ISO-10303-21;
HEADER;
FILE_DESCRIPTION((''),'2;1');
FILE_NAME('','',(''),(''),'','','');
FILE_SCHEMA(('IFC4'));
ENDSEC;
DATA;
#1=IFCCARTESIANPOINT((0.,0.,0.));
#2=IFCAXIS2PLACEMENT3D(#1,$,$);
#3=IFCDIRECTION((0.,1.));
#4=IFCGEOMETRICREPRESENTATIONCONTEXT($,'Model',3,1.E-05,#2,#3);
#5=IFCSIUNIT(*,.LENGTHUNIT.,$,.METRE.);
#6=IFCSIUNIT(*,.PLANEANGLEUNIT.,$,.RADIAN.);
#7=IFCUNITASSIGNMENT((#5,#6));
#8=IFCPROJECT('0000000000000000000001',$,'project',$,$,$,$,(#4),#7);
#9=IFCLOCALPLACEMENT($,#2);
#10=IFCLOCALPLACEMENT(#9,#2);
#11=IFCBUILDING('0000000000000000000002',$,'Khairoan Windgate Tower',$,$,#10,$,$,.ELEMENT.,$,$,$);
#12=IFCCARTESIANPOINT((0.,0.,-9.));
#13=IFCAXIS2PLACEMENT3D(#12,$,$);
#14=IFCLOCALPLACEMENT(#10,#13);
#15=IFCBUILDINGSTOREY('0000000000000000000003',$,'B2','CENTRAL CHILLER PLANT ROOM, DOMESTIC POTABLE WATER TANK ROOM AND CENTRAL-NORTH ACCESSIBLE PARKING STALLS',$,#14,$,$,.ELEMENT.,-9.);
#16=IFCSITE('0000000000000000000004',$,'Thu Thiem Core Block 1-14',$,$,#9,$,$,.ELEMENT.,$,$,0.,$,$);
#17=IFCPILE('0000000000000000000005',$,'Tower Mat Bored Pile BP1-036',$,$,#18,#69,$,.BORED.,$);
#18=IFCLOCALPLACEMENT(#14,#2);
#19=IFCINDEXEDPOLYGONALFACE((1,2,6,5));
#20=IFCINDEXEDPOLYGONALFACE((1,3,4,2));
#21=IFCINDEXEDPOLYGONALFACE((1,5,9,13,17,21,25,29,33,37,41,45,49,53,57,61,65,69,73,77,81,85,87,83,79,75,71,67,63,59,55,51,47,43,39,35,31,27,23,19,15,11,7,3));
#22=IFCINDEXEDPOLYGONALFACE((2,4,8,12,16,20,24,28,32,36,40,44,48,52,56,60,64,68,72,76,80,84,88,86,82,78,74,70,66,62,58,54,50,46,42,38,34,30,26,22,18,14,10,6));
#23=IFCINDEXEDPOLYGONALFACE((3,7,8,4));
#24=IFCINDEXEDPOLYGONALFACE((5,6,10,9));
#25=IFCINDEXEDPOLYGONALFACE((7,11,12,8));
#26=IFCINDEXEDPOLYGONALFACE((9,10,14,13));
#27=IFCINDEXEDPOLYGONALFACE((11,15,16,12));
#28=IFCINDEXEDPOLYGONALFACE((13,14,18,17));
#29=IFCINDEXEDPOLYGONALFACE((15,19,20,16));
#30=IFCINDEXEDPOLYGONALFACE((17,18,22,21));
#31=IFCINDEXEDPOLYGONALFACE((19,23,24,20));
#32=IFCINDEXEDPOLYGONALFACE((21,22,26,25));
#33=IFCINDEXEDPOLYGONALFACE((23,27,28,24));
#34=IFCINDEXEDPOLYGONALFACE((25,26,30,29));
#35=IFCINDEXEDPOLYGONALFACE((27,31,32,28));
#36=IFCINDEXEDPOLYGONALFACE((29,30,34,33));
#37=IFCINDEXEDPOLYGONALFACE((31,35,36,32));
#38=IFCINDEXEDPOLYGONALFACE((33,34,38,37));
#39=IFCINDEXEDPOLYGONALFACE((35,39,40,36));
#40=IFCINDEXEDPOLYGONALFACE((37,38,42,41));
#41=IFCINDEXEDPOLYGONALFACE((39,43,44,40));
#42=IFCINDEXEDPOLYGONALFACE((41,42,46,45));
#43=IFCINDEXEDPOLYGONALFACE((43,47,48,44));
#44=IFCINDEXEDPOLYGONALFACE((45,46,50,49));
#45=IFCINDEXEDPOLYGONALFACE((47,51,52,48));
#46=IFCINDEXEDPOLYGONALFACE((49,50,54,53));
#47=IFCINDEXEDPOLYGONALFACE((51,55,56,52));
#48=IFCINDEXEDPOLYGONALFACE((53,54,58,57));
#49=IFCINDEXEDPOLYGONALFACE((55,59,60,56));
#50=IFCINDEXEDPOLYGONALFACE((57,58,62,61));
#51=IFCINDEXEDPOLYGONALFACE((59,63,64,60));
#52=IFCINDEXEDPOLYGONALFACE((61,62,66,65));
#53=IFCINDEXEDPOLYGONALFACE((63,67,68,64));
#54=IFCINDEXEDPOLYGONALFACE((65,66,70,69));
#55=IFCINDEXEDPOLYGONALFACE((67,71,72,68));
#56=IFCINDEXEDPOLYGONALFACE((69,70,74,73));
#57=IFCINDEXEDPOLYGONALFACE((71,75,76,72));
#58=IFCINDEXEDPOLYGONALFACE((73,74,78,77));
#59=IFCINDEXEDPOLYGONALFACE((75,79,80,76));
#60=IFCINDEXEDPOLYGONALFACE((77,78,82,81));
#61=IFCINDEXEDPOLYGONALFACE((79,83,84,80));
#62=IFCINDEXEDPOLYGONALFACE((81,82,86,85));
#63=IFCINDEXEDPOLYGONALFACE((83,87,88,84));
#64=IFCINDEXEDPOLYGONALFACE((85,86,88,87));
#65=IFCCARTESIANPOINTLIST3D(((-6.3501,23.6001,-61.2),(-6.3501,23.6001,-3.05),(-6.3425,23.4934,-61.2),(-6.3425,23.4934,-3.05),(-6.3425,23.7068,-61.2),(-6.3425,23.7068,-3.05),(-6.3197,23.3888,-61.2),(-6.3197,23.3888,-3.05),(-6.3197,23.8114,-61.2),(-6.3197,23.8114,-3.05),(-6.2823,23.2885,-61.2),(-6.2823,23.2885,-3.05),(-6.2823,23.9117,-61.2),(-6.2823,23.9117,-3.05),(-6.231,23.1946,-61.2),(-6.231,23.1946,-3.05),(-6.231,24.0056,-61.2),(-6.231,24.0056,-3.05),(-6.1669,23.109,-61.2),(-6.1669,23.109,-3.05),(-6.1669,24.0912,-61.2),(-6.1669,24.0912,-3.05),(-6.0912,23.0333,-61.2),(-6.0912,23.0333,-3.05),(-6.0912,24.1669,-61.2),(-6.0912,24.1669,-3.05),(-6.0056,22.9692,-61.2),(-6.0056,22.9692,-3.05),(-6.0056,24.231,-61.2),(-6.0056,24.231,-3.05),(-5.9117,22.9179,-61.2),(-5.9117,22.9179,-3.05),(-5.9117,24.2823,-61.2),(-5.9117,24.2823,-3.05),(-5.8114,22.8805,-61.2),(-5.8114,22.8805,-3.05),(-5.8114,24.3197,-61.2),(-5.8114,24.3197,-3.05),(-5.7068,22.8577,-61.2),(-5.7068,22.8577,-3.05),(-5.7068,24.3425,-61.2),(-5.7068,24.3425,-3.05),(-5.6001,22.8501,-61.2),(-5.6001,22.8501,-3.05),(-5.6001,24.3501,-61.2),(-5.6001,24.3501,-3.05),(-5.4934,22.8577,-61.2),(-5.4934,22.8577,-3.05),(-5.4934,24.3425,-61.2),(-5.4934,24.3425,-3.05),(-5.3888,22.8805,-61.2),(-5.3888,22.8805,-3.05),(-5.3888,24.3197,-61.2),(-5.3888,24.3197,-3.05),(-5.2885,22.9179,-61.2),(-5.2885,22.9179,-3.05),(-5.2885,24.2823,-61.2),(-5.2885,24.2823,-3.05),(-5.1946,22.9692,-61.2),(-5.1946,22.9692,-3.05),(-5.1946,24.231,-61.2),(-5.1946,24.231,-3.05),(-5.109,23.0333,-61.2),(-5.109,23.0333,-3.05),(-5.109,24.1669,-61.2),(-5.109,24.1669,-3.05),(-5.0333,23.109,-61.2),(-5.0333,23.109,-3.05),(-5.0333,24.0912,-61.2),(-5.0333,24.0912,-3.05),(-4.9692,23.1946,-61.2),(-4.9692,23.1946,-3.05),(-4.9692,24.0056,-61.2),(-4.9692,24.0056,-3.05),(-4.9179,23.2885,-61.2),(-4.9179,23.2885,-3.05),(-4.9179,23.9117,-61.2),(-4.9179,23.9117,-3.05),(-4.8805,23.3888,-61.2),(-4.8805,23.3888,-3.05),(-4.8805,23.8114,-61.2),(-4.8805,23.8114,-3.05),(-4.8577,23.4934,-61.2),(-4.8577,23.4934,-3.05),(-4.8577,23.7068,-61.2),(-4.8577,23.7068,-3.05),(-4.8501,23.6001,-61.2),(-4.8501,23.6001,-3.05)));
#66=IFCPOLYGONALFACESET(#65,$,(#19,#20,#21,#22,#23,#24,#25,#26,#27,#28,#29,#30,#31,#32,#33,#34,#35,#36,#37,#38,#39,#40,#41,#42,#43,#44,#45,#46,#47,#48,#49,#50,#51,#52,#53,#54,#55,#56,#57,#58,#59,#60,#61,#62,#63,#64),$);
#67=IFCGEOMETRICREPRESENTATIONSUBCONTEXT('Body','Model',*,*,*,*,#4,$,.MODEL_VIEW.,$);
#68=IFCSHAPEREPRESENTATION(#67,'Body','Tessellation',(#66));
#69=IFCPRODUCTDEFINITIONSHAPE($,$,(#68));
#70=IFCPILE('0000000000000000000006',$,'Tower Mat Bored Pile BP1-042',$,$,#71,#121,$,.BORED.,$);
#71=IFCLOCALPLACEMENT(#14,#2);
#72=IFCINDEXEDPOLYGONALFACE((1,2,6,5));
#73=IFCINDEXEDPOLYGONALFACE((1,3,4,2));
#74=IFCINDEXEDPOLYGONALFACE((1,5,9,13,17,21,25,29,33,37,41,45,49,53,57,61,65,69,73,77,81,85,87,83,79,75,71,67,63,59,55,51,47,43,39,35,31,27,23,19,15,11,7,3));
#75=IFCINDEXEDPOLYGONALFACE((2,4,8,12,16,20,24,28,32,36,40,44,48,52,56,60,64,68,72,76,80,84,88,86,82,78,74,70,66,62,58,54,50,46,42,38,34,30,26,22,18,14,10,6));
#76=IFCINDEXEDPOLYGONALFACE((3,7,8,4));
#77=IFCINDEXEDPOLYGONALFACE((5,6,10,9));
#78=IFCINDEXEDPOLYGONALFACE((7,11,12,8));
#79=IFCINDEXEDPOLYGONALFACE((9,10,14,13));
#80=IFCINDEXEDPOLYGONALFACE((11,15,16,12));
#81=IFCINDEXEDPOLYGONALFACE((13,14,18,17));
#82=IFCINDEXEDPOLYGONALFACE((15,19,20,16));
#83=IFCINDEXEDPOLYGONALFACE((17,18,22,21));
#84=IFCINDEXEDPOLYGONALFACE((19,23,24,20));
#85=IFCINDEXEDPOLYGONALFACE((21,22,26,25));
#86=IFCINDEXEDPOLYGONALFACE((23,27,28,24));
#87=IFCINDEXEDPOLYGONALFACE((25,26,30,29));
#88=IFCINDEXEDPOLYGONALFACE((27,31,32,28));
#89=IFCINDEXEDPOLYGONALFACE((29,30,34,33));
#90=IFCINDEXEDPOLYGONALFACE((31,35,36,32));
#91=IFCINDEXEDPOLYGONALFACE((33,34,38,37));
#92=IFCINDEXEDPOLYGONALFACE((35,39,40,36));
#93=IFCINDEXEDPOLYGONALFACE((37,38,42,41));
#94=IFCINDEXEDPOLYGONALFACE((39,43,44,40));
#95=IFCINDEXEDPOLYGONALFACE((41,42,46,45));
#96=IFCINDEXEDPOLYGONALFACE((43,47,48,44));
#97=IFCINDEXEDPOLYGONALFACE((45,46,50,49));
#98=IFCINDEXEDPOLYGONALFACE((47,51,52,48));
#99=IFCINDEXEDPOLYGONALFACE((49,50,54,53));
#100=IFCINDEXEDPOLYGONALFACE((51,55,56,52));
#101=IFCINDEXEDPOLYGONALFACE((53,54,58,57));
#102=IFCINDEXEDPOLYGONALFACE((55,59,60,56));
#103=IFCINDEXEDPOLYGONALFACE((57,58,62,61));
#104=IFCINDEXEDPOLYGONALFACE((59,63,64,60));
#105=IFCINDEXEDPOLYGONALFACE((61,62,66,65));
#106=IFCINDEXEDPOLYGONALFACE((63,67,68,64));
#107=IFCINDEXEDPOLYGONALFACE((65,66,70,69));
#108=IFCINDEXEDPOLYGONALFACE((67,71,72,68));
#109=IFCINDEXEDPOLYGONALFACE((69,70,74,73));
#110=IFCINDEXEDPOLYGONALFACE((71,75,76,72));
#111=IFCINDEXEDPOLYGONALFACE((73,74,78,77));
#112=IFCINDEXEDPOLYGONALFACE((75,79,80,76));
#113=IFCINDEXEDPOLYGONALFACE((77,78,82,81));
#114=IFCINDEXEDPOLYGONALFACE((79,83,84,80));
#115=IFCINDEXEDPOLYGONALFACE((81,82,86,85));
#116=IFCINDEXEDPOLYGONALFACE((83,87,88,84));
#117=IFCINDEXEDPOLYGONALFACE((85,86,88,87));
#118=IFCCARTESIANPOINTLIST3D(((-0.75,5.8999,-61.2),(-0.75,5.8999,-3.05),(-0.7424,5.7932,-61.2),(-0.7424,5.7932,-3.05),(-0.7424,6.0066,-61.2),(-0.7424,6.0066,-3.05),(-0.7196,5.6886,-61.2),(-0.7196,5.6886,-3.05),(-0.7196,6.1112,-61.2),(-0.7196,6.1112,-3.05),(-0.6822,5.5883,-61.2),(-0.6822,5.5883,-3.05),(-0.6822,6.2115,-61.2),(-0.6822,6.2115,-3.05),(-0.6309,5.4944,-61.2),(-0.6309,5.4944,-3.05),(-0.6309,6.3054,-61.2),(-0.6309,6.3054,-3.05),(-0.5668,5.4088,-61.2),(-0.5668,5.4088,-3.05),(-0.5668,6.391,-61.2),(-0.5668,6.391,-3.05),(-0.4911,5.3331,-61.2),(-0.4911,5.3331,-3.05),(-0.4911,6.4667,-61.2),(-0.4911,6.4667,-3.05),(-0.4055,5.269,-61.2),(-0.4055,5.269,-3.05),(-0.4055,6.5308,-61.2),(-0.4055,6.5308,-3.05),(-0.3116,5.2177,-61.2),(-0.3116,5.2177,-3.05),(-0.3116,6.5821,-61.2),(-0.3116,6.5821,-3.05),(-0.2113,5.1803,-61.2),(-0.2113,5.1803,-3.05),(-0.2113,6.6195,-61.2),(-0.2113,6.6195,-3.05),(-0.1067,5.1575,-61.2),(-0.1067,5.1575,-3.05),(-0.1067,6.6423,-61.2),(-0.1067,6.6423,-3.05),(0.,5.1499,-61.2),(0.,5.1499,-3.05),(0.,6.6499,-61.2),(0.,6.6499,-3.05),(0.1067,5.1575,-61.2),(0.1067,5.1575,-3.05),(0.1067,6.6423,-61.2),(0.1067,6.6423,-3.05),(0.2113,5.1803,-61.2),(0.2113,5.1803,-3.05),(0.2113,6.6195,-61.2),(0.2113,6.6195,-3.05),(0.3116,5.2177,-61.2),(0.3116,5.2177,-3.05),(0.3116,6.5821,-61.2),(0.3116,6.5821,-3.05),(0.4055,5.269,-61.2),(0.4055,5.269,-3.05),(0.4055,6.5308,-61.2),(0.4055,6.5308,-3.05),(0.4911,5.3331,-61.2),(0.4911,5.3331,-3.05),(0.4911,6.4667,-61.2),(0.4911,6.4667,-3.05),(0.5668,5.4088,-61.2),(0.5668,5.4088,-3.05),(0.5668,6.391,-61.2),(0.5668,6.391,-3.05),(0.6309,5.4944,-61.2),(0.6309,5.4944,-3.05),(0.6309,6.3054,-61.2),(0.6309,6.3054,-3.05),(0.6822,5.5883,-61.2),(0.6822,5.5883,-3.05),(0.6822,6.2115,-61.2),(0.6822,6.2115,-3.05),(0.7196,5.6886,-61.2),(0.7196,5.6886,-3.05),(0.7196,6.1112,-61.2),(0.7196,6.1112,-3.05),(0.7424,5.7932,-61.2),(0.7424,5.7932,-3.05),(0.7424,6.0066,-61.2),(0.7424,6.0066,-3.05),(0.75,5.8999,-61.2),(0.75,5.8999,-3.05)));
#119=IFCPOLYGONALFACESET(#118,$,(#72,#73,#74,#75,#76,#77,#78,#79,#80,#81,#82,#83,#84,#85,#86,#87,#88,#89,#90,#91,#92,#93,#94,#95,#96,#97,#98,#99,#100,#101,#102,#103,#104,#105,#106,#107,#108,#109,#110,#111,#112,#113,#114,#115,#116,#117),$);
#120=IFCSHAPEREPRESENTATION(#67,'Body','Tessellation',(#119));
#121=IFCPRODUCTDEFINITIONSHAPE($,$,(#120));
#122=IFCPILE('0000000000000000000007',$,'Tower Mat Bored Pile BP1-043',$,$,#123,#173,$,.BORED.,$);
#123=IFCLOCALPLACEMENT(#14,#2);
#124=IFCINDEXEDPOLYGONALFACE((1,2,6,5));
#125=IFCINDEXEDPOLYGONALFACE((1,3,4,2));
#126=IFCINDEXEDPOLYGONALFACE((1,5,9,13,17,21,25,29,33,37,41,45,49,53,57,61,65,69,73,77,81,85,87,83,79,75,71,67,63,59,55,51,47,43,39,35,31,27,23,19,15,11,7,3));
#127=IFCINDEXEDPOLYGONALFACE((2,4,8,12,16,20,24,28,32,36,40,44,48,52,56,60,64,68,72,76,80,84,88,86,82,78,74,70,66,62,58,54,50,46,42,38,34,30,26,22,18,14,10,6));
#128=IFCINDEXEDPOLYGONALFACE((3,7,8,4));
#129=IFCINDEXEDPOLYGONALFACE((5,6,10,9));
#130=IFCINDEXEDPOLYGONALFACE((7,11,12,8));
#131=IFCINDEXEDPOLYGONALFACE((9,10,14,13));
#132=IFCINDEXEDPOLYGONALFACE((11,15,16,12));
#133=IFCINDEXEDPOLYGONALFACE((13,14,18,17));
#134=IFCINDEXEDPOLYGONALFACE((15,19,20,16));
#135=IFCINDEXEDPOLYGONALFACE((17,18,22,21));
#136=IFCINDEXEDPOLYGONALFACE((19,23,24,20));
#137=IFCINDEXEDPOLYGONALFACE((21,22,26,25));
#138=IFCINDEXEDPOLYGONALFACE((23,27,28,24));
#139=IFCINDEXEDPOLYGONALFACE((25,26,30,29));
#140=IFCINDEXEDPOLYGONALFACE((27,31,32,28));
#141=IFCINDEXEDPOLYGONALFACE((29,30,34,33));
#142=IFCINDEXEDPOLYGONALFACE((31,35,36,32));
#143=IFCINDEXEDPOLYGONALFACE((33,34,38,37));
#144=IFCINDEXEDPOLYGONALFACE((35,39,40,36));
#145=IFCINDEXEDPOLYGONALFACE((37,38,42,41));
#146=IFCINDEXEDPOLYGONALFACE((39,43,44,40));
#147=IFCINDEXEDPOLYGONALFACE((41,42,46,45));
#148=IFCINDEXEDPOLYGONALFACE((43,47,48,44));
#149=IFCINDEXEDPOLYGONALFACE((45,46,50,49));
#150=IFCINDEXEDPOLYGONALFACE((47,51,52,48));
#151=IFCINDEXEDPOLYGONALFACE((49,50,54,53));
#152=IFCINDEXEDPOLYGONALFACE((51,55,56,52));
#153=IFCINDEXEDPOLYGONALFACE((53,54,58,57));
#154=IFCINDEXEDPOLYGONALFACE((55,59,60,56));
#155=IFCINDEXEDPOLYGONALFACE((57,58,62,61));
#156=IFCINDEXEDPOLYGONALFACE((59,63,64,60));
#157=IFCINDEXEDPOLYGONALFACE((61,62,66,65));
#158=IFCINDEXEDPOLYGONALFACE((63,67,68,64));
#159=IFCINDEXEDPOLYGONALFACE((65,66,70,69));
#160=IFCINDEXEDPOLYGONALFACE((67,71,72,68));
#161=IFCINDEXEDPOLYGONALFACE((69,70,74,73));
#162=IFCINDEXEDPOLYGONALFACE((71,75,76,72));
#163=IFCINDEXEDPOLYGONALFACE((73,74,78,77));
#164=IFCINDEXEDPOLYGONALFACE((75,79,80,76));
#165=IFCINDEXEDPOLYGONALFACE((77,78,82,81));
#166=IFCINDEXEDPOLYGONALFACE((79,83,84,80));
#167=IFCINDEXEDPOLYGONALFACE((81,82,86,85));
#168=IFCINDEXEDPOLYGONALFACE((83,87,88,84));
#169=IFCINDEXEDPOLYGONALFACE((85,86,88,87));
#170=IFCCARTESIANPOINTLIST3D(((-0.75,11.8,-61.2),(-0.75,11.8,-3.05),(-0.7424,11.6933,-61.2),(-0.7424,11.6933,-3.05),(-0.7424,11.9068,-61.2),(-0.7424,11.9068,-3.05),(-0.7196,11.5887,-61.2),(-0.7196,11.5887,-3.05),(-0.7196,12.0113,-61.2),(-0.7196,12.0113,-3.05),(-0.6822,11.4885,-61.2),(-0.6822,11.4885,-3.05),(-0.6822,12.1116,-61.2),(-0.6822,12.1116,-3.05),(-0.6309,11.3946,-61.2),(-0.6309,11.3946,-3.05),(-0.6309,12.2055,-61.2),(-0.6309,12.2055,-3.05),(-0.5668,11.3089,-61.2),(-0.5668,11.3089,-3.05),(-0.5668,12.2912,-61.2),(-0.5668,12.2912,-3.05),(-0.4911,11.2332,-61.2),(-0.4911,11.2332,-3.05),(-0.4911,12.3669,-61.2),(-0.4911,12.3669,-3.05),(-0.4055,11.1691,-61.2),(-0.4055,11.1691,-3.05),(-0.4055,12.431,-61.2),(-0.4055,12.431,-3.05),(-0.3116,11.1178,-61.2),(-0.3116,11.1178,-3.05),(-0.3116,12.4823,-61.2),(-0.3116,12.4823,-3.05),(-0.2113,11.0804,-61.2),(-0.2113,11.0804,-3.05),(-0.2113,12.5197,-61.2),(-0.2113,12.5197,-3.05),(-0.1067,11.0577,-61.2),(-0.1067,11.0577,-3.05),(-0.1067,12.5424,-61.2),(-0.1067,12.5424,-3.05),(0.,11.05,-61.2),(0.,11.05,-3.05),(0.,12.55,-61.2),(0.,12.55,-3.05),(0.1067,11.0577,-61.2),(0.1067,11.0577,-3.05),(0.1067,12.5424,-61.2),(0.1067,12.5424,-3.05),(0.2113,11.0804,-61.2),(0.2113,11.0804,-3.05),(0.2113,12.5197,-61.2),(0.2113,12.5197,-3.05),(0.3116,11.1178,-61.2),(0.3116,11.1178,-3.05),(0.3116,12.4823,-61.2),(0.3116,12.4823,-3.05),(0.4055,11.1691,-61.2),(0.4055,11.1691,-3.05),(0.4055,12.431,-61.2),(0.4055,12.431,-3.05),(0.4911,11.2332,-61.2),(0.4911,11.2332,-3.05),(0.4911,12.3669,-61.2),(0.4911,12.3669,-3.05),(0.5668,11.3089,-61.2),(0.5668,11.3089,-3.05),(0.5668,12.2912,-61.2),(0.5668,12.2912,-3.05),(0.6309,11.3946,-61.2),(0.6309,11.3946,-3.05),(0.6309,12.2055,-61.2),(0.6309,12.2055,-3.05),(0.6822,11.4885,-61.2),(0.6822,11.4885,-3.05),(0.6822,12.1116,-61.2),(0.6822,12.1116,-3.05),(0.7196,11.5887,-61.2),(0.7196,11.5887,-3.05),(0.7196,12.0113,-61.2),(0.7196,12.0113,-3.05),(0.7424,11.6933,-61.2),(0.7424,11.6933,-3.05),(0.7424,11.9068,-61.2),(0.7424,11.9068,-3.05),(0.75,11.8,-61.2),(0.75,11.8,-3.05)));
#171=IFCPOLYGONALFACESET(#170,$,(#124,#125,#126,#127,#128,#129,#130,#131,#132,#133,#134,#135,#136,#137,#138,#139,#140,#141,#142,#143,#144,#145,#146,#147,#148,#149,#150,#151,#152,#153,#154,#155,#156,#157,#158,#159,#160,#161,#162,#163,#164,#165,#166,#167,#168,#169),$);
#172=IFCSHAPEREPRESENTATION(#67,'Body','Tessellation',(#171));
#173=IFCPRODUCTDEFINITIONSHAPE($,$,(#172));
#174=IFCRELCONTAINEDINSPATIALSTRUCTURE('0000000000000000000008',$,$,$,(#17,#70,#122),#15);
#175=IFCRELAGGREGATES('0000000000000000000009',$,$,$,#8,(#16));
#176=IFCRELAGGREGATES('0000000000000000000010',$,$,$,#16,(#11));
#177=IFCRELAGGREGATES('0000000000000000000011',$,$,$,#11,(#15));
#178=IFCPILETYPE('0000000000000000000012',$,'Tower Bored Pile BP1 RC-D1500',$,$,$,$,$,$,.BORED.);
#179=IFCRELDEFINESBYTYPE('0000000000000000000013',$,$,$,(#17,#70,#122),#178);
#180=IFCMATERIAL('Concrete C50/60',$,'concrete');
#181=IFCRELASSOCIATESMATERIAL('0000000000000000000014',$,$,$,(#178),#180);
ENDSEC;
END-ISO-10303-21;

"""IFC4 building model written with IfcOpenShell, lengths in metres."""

from ifc_helpers import new_model, si_unit, direction, frame, origin, origin_2d, place, context, subcontext, project, spatial, circle, extrude, material, material_profile, profile_set, type_object, element, save


model = new_model("IFC4")

# Units and contexts
model_context = context("Model", 3, precision=1e-05, world=origin(), true_north=direction((0.0, 1.0)))
body_context = subcontext(model_context, "Body", "Model", "MODEL_VIEW")
ifc_project = project(units=[si_unit("LENGTHUNIT", "METRE"), si_unit("PLANEANGLEUNIT", "RADIAN")], contexts=[model_context])

# Site, building, storey
site_placement = place(None, origin())
site = spatial("IfcSite", under=ifc_project, at=site_placement, Name="Thu Thiem Core Block 1-14", CompositionType="ELEMENT", RefElevation=0.0)
building_placement = place(site_placement, origin())
building = spatial("IfcBuilding", under=site, at=building_placement, Name="Khairoan Windgate Tower", CompositionType="ELEMENT")
storey_placement = place(building_placement, frame((0.0, 0.0, -9.0)))
storey = spatial("IfcBuildingStorey", under=building, at=storey_placement, Name="B2", Description="CENTRAL CHILLER PLANT ROOM, DOMESTIC POTABLE WATER TANK ROOM AND CENTRAL-NORTH ACCESSIBLE PARKING STALLS", CompositionType="ELEMENT", Elevation=-9.0)

# Piles
ifc_material_1 = material(Name="Concrete C50/60", Category="concrete")
ifc_material_profile_1 = material_profile(ifc_material_1, circle(Radius=0.75, at=origin_2d()))
ifc_profile_set_1 = profile_set([ifc_material_profile_1], Name="Concrete C50/60")
pile_type = type_object("IfcPileType", Name="Tower Bored Pile BP1 RC-D1500", PredefinedType="BORED", material=ifc_profile_set_1)
for number, where, z_axis, x_axis, name in (
    (1, (-5.6001, 23.6001, -3.05), (0.0, 0.0, -1.0), (1.0, 0.0, 0.0), "Tower Mat Bored Pile BP1-036"),
    (2, (0.0, 5.8999, -3.05), (0.0, 0.0, -1.0), (1.0, 0.0, 0.0), "Tower Mat Bored Pile BP1-042"),
    (3, (0.0, 11.8, -3.05), (0.0, 0.0, -1.0), (1.0, 0.0, 0.0), "Tower Mat Bored Pile BP1-043"),
):
    element("IfcPile", number, at=place(storey_placement, frame(where, z_axis=z_axis, x_axis=x_axis)), inside=storey, type_object=pile_type, Name=name, PredefinedType="BORED", context=body_context, shape_type="SweptSolid", body=[
        extrude(circle(Radius=0.75, at=origin_2d()), origin(), (0.0, 0.0, 1.0), 58.1499),
    ])

save(model, "model.ifc")
